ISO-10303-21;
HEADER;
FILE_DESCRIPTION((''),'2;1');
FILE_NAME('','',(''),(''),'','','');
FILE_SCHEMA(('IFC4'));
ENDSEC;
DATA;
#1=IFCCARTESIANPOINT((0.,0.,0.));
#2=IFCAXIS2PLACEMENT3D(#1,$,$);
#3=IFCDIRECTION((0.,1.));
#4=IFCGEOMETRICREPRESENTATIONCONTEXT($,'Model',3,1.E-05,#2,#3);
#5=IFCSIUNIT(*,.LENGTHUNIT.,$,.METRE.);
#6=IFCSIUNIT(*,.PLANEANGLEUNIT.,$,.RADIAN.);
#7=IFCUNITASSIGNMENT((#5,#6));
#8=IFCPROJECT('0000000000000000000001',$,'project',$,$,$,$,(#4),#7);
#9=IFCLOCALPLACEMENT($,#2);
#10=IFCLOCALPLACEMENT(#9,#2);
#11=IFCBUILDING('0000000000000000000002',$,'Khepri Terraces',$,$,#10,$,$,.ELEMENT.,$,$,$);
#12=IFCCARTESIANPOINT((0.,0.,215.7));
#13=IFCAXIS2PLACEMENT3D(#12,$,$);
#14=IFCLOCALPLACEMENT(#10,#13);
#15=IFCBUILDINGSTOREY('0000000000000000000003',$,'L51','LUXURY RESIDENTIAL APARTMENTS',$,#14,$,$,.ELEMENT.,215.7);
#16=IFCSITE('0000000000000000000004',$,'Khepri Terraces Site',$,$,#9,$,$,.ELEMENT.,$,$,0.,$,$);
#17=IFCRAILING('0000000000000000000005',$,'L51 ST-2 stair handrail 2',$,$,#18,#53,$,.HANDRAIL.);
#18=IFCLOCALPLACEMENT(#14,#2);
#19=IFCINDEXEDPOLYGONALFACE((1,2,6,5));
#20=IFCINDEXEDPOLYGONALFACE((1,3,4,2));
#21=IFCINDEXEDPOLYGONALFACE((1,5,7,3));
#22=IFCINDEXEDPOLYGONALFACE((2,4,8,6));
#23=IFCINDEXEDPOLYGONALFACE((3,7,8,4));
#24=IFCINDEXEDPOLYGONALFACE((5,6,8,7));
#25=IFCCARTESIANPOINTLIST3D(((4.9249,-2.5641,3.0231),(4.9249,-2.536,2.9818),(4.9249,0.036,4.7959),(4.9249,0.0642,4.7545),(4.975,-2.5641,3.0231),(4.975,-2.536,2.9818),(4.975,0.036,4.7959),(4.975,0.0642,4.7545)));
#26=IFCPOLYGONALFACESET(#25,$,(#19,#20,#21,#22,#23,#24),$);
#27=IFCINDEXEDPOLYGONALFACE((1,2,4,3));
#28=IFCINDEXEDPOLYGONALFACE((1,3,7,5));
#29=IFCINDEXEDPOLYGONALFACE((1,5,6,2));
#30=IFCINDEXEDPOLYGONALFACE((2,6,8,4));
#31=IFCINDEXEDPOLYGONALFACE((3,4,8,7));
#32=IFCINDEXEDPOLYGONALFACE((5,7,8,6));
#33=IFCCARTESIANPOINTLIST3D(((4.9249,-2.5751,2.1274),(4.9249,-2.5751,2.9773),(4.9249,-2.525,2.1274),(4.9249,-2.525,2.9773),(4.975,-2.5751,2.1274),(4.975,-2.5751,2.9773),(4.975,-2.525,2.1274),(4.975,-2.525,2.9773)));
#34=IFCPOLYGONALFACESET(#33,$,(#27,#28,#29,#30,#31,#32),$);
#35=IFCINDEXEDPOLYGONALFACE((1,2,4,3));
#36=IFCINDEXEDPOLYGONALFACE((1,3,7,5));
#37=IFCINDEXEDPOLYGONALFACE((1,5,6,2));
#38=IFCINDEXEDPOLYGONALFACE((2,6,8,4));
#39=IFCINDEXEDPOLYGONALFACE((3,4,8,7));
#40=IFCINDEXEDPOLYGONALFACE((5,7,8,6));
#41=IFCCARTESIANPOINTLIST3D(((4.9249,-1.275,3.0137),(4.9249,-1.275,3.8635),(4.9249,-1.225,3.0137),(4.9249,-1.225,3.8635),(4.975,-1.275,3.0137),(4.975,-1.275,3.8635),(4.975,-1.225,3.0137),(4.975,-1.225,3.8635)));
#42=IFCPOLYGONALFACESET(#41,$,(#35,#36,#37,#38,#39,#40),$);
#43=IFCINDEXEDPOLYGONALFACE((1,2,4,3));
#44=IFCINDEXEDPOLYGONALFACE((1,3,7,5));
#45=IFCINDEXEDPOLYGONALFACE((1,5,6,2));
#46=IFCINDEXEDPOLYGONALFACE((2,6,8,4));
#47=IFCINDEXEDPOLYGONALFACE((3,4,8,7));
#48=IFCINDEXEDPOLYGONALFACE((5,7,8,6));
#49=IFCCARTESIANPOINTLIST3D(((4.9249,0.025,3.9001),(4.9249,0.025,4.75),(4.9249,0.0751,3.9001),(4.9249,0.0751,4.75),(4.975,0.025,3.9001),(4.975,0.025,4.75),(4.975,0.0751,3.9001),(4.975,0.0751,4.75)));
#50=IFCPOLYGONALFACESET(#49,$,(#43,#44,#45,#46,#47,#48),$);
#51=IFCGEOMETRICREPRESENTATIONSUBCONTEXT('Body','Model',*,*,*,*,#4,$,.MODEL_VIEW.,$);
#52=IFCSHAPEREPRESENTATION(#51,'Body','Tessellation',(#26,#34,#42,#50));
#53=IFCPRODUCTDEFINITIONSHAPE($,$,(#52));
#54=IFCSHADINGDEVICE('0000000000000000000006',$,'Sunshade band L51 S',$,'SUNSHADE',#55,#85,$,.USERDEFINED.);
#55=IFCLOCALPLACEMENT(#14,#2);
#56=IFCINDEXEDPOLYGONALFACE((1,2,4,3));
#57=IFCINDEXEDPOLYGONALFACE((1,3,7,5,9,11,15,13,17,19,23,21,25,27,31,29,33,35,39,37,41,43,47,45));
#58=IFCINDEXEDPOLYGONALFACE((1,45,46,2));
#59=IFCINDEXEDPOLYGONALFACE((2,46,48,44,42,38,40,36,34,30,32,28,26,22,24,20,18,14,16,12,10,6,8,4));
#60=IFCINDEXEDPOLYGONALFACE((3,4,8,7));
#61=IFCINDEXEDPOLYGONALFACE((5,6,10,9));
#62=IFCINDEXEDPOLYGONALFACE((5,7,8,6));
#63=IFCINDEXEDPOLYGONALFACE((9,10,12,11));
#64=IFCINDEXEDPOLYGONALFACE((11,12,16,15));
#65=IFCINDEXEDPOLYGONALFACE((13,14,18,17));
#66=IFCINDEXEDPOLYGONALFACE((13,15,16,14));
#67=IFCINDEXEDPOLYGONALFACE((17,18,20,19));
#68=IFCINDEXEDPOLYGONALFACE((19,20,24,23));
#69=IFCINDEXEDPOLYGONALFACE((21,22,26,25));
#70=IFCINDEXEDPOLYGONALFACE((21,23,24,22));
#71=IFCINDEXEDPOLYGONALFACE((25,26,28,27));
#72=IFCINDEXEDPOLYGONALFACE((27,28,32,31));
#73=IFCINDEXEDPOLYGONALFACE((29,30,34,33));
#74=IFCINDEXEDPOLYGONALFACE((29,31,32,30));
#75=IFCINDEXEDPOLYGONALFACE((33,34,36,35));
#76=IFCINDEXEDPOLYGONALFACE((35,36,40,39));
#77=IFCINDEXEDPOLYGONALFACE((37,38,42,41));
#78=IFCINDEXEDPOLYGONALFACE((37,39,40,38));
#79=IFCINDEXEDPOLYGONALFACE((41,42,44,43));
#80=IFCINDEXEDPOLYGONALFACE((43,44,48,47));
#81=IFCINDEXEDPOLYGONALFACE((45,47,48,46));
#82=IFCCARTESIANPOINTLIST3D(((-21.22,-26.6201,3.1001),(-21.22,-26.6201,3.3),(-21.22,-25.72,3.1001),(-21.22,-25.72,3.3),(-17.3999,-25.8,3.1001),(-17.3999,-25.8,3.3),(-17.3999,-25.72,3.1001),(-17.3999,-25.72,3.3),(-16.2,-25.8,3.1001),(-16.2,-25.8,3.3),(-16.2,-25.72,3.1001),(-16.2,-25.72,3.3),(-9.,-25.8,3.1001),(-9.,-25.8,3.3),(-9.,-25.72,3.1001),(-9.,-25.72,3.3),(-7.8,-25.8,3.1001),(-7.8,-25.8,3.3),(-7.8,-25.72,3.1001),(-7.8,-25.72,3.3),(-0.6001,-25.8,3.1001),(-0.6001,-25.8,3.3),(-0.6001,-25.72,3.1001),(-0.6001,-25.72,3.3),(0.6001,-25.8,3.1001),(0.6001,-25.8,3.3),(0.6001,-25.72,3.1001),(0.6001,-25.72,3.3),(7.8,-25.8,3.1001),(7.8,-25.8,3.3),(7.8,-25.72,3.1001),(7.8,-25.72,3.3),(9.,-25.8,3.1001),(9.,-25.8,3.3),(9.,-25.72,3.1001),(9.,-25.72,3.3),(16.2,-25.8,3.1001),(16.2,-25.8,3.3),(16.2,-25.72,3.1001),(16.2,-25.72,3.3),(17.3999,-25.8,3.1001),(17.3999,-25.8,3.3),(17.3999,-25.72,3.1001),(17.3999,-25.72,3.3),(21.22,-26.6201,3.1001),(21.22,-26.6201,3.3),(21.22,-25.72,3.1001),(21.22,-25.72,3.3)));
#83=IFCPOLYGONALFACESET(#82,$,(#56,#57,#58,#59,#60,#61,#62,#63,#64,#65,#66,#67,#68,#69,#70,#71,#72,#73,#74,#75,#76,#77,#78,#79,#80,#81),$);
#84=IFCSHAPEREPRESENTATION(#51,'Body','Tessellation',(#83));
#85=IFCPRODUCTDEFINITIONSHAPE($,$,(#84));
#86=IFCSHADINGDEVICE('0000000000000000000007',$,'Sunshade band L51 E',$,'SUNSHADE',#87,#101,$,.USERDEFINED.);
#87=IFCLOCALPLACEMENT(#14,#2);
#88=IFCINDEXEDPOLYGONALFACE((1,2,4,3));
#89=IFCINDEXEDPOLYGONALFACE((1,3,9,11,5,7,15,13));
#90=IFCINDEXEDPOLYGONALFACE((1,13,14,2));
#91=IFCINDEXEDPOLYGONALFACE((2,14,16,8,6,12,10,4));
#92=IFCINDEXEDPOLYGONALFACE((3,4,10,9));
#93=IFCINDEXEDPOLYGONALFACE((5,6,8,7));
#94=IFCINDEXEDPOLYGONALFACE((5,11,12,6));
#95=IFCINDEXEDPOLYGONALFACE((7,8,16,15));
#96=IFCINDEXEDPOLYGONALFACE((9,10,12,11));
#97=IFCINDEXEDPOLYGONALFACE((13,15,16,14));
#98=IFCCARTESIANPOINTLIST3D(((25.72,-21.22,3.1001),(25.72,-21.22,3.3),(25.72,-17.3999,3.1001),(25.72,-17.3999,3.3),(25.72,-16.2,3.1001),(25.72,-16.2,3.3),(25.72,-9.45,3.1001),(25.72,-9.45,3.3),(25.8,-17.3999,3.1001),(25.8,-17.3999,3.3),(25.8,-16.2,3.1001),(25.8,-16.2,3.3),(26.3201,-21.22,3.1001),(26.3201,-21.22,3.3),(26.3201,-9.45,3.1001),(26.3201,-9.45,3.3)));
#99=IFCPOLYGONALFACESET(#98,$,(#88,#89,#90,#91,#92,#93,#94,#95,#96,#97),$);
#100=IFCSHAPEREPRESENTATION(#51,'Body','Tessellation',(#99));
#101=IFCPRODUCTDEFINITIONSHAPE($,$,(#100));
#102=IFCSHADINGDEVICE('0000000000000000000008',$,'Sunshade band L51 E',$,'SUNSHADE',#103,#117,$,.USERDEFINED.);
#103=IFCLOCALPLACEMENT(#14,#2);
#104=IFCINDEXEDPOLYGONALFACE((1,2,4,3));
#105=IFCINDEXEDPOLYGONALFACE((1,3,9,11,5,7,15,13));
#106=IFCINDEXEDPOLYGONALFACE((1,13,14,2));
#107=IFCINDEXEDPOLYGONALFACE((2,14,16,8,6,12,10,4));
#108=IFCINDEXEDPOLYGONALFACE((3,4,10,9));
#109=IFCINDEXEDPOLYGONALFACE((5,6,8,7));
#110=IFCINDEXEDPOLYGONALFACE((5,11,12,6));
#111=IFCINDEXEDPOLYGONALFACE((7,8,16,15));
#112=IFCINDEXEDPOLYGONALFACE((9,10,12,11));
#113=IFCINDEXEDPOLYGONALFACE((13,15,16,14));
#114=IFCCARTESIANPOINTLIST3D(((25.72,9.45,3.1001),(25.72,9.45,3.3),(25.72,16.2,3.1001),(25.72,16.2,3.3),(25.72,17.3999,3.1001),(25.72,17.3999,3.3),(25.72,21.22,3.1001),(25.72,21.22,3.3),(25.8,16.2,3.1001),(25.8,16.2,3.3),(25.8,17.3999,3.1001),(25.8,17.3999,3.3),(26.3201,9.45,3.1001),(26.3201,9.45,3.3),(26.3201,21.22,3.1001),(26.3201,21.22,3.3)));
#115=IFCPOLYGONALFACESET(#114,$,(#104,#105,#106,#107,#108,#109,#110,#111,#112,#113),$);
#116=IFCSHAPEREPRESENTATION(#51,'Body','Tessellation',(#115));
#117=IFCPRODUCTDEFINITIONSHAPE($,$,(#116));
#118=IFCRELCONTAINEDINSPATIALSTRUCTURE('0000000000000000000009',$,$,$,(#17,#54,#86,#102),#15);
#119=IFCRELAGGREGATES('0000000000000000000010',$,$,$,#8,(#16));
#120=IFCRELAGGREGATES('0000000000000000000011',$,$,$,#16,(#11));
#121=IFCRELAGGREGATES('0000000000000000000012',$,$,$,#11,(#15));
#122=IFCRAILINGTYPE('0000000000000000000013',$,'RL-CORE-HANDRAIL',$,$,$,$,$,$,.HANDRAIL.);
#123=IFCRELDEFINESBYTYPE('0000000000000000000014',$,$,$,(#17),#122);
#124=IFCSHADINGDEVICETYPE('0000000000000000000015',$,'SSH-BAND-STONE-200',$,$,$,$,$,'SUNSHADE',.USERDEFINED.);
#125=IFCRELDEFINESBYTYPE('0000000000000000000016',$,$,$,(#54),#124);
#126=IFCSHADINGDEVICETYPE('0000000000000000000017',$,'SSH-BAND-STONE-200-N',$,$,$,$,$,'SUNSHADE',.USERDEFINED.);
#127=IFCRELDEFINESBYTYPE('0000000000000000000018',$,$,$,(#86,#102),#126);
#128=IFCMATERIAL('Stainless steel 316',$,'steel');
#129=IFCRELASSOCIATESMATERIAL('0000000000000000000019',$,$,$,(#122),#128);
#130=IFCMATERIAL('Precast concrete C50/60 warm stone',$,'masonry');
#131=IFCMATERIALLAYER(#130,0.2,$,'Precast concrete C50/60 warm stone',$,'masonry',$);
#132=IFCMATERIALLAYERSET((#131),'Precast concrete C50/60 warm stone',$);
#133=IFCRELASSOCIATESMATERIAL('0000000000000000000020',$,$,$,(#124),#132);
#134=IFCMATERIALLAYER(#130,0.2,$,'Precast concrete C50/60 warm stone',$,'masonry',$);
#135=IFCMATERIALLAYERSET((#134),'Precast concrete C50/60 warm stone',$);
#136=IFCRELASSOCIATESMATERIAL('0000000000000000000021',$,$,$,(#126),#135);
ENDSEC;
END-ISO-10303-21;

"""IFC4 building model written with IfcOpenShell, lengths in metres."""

from ifc_helpers import new_model, si_unit, direction, frame, origin, origin_2d, place, context, subcontext, project, spatial, polyline, rectangle, outline, extrude, material, layer, layer_set, type_object, element, save


model = new_model("IFC4")

# Units and contexts
model_context = context("Model", 3, precision=1e-05, world=origin(), true_north=direction((0.0, 1.0)))
body_context = subcontext(model_context, "Body", "Model", "MODEL_VIEW")
ifc_project = project(units=[si_unit("LENGTHUNIT", "METRE"), si_unit("PLANEANGLEUNIT", "RADIAN")], contexts=[model_context])

# Site, building, storey
site_placement = place(None, origin())
site = spatial("IfcSite", under=ifc_project, at=site_placement, Name="Khepri Terraces Site", CompositionType="ELEMENT", RefElevation=0.0)
building_placement = place(site_placement, origin())
building = spatial("IfcBuilding", under=site, at=building_placement, Name="Khepri Terraces", CompositionType="ELEMENT")
storey_placement = place(building_placement, frame((0.0, 0.0, 215.7)))
storey = spatial("IfcBuildingStorey", under=building, at=storey_placement, Name="L51", Description="LUXURY RESIDENTIAL APARTMENTS", CompositionType="ELEMENT", Elevation=215.7)

# Shared definitions
ifc_material_1 = material(Name="Precast concrete C50/60 warm stone", Category="masonry")

# Railing
ifc_material_2 = material(Name="Stainless steel 316", Category="steel")
railing_type_1 = type_object("IfcRailingType", Name="RL-CORE-HANDRAIL", PredefinedType="HANDRAIL", material=ifc_material_2)
railing_1_placement = place(storey_placement, frame((4.95, -2.55, 2.1274)))
element("IfcRailing", 1, at=railing_1_placement, inside=storey, type_object=railing_type_1, Name="L51 ST-2 stair handrail 2", PredefinedType="HANDRAIL", context=body_context, shape_type="SweptSolid", body=[
    extrude(rectangle(XDim=0.05, YDim=0.05, at=origin_2d()), frame((0.0, 0.0, 0.875), z_axis=(0.0, 0.82624, 0.563318), x_axis=(-1.0, 0.0, 0.0)), (0.0, 0.0, 1.0), 3.147),
    extrude(rectangle(XDim=0.05, YDim=0.05, at=origin_2d()), origin(), (0.0, 0.0, 1.0), 0.8499),
    extrude(rectangle(XDim=0.05, YDim=0.05, at=origin_2d()), frame((0.0, 1.3, 0.8862)), (0.0, 0.0, 1.0), 0.8499),
    extrude(rectangle(XDim=0.05, YDim=0.05, at=origin_2d()), frame((0.0, 2.6001, 1.7727)), (0.0, 0.0, 1.0), 0.8499),
])

# Shading devices
ifc_layer_1 = layer(ifc_material_1, 0.2, Name="Precast concrete C50/60 warm stone", Category="masonry")
ifc_layer_set_1 = layer_set([ifc_layer_1], Name="Precast concrete C50/60 warm stone")
shading_device_type_1 = type_object("IfcShadingDeviceType", Name="SSH-BAND-STONE-200", ElementType="SUNSHADE", PredefinedType="USERDEFINED", material=ifc_layer_set_1)
shading_device_1_placement = place(storey_placement, frame((0.0, 0.0, 3.1001)))
element("IfcShadingDevice", 2, at=shading_device_1_placement, inside=storey, type_object=shading_device_type_1, Name="Sunshade band L51 S", ObjectType="SUNSHADE", PredefinedType="USERDEFINED", context=body_context, shape_type="SweptSolid", body=[
    extrude(outline(polyline([(-17.3999, -25.72), (-21.22, -25.72), (-21.22, -26.6201), (21.22, -26.6201), (21.22, -25.72), (17.3999, -25.72), (17.3999, -25.8), (16.2, -25.8), (16.2, -25.72), (9.0, -25.72), (9.0, -25.8), (7.8, -25.8), (7.8, -25.72), (0.6001, -25.72), (0.6001, -25.8), (-0.6001, -25.8), (-0.6001, -25.72), (-7.8, -25.72), (-7.8, -25.8), (-9.0, -25.8), (-9.0, -25.72), (-16.2, -25.72), (-16.2, -25.8), (-17.3999, -25.8), (-17.3999, -25.72)])), origin(), (0.0, 0.0, 1.0), 0.2),
])
ifc_layer_2 = layer(ifc_material_1, 0.2, Name="Precast concrete C50/60 warm stone", Category="masonry")
ifc_layer_set_2 = layer_set([ifc_layer_2], Name="Precast concrete C50/60 warm stone")
shading_device_type_2 = type_object("IfcShadingDeviceType", Name="SSH-BAND-STONE-200-N", ElementType="SUNSHADE", PredefinedType="USERDEFINED", material=ifc_layer_set_2)
shading_device_2_placement = place(storey_placement, frame((0.0, 0.0, 3.1001)))
element("IfcShadingDevice", 3, at=shading_device_2_placement, inside=storey, type_object=shading_device_type_2, Name="Sunshade band L51 E", ObjectType="SUNSHADE", PredefinedType="USERDEFINED", context=body_context, shape_type="SweptSolid", body=[
    extrude(outline(polyline([(25.72, -17.3999), (25.72, -21.22), (26.3201, -21.22), (26.3201, -9.45), (25.72, -9.45), (25.72, -16.2), (25.8, -16.2), (25.8, -17.3999), (25.72, -17.3999)])), origin(), (0.0, 0.0, 1.0), 0.2),
])
shading_device_3_placement = place(storey_placement, frame((0.0, 0.0, 3.1001)))
element("IfcShadingDevice", 4, at=shading_device_3_placement, inside=storey, type_object=shading_device_type_2, Name="Sunshade band L51 E", ObjectType="SUNSHADE", PredefinedType="USERDEFINED", context=body_context, shape_type="SweptSolid", body=[
    extrude(outline(polyline([(25.72, 16.2), (25.72, 9.45), (26.3201, 9.45), (26.3201, 21.22), (25.72, 21.22), (25.72, 17.3999), (25.8, 17.3999), (25.8, 16.2), (25.72, 16.2)])), origin(), (0.0, 0.0, 1.0), 0.2),
])

save(model, "model.ifc")
